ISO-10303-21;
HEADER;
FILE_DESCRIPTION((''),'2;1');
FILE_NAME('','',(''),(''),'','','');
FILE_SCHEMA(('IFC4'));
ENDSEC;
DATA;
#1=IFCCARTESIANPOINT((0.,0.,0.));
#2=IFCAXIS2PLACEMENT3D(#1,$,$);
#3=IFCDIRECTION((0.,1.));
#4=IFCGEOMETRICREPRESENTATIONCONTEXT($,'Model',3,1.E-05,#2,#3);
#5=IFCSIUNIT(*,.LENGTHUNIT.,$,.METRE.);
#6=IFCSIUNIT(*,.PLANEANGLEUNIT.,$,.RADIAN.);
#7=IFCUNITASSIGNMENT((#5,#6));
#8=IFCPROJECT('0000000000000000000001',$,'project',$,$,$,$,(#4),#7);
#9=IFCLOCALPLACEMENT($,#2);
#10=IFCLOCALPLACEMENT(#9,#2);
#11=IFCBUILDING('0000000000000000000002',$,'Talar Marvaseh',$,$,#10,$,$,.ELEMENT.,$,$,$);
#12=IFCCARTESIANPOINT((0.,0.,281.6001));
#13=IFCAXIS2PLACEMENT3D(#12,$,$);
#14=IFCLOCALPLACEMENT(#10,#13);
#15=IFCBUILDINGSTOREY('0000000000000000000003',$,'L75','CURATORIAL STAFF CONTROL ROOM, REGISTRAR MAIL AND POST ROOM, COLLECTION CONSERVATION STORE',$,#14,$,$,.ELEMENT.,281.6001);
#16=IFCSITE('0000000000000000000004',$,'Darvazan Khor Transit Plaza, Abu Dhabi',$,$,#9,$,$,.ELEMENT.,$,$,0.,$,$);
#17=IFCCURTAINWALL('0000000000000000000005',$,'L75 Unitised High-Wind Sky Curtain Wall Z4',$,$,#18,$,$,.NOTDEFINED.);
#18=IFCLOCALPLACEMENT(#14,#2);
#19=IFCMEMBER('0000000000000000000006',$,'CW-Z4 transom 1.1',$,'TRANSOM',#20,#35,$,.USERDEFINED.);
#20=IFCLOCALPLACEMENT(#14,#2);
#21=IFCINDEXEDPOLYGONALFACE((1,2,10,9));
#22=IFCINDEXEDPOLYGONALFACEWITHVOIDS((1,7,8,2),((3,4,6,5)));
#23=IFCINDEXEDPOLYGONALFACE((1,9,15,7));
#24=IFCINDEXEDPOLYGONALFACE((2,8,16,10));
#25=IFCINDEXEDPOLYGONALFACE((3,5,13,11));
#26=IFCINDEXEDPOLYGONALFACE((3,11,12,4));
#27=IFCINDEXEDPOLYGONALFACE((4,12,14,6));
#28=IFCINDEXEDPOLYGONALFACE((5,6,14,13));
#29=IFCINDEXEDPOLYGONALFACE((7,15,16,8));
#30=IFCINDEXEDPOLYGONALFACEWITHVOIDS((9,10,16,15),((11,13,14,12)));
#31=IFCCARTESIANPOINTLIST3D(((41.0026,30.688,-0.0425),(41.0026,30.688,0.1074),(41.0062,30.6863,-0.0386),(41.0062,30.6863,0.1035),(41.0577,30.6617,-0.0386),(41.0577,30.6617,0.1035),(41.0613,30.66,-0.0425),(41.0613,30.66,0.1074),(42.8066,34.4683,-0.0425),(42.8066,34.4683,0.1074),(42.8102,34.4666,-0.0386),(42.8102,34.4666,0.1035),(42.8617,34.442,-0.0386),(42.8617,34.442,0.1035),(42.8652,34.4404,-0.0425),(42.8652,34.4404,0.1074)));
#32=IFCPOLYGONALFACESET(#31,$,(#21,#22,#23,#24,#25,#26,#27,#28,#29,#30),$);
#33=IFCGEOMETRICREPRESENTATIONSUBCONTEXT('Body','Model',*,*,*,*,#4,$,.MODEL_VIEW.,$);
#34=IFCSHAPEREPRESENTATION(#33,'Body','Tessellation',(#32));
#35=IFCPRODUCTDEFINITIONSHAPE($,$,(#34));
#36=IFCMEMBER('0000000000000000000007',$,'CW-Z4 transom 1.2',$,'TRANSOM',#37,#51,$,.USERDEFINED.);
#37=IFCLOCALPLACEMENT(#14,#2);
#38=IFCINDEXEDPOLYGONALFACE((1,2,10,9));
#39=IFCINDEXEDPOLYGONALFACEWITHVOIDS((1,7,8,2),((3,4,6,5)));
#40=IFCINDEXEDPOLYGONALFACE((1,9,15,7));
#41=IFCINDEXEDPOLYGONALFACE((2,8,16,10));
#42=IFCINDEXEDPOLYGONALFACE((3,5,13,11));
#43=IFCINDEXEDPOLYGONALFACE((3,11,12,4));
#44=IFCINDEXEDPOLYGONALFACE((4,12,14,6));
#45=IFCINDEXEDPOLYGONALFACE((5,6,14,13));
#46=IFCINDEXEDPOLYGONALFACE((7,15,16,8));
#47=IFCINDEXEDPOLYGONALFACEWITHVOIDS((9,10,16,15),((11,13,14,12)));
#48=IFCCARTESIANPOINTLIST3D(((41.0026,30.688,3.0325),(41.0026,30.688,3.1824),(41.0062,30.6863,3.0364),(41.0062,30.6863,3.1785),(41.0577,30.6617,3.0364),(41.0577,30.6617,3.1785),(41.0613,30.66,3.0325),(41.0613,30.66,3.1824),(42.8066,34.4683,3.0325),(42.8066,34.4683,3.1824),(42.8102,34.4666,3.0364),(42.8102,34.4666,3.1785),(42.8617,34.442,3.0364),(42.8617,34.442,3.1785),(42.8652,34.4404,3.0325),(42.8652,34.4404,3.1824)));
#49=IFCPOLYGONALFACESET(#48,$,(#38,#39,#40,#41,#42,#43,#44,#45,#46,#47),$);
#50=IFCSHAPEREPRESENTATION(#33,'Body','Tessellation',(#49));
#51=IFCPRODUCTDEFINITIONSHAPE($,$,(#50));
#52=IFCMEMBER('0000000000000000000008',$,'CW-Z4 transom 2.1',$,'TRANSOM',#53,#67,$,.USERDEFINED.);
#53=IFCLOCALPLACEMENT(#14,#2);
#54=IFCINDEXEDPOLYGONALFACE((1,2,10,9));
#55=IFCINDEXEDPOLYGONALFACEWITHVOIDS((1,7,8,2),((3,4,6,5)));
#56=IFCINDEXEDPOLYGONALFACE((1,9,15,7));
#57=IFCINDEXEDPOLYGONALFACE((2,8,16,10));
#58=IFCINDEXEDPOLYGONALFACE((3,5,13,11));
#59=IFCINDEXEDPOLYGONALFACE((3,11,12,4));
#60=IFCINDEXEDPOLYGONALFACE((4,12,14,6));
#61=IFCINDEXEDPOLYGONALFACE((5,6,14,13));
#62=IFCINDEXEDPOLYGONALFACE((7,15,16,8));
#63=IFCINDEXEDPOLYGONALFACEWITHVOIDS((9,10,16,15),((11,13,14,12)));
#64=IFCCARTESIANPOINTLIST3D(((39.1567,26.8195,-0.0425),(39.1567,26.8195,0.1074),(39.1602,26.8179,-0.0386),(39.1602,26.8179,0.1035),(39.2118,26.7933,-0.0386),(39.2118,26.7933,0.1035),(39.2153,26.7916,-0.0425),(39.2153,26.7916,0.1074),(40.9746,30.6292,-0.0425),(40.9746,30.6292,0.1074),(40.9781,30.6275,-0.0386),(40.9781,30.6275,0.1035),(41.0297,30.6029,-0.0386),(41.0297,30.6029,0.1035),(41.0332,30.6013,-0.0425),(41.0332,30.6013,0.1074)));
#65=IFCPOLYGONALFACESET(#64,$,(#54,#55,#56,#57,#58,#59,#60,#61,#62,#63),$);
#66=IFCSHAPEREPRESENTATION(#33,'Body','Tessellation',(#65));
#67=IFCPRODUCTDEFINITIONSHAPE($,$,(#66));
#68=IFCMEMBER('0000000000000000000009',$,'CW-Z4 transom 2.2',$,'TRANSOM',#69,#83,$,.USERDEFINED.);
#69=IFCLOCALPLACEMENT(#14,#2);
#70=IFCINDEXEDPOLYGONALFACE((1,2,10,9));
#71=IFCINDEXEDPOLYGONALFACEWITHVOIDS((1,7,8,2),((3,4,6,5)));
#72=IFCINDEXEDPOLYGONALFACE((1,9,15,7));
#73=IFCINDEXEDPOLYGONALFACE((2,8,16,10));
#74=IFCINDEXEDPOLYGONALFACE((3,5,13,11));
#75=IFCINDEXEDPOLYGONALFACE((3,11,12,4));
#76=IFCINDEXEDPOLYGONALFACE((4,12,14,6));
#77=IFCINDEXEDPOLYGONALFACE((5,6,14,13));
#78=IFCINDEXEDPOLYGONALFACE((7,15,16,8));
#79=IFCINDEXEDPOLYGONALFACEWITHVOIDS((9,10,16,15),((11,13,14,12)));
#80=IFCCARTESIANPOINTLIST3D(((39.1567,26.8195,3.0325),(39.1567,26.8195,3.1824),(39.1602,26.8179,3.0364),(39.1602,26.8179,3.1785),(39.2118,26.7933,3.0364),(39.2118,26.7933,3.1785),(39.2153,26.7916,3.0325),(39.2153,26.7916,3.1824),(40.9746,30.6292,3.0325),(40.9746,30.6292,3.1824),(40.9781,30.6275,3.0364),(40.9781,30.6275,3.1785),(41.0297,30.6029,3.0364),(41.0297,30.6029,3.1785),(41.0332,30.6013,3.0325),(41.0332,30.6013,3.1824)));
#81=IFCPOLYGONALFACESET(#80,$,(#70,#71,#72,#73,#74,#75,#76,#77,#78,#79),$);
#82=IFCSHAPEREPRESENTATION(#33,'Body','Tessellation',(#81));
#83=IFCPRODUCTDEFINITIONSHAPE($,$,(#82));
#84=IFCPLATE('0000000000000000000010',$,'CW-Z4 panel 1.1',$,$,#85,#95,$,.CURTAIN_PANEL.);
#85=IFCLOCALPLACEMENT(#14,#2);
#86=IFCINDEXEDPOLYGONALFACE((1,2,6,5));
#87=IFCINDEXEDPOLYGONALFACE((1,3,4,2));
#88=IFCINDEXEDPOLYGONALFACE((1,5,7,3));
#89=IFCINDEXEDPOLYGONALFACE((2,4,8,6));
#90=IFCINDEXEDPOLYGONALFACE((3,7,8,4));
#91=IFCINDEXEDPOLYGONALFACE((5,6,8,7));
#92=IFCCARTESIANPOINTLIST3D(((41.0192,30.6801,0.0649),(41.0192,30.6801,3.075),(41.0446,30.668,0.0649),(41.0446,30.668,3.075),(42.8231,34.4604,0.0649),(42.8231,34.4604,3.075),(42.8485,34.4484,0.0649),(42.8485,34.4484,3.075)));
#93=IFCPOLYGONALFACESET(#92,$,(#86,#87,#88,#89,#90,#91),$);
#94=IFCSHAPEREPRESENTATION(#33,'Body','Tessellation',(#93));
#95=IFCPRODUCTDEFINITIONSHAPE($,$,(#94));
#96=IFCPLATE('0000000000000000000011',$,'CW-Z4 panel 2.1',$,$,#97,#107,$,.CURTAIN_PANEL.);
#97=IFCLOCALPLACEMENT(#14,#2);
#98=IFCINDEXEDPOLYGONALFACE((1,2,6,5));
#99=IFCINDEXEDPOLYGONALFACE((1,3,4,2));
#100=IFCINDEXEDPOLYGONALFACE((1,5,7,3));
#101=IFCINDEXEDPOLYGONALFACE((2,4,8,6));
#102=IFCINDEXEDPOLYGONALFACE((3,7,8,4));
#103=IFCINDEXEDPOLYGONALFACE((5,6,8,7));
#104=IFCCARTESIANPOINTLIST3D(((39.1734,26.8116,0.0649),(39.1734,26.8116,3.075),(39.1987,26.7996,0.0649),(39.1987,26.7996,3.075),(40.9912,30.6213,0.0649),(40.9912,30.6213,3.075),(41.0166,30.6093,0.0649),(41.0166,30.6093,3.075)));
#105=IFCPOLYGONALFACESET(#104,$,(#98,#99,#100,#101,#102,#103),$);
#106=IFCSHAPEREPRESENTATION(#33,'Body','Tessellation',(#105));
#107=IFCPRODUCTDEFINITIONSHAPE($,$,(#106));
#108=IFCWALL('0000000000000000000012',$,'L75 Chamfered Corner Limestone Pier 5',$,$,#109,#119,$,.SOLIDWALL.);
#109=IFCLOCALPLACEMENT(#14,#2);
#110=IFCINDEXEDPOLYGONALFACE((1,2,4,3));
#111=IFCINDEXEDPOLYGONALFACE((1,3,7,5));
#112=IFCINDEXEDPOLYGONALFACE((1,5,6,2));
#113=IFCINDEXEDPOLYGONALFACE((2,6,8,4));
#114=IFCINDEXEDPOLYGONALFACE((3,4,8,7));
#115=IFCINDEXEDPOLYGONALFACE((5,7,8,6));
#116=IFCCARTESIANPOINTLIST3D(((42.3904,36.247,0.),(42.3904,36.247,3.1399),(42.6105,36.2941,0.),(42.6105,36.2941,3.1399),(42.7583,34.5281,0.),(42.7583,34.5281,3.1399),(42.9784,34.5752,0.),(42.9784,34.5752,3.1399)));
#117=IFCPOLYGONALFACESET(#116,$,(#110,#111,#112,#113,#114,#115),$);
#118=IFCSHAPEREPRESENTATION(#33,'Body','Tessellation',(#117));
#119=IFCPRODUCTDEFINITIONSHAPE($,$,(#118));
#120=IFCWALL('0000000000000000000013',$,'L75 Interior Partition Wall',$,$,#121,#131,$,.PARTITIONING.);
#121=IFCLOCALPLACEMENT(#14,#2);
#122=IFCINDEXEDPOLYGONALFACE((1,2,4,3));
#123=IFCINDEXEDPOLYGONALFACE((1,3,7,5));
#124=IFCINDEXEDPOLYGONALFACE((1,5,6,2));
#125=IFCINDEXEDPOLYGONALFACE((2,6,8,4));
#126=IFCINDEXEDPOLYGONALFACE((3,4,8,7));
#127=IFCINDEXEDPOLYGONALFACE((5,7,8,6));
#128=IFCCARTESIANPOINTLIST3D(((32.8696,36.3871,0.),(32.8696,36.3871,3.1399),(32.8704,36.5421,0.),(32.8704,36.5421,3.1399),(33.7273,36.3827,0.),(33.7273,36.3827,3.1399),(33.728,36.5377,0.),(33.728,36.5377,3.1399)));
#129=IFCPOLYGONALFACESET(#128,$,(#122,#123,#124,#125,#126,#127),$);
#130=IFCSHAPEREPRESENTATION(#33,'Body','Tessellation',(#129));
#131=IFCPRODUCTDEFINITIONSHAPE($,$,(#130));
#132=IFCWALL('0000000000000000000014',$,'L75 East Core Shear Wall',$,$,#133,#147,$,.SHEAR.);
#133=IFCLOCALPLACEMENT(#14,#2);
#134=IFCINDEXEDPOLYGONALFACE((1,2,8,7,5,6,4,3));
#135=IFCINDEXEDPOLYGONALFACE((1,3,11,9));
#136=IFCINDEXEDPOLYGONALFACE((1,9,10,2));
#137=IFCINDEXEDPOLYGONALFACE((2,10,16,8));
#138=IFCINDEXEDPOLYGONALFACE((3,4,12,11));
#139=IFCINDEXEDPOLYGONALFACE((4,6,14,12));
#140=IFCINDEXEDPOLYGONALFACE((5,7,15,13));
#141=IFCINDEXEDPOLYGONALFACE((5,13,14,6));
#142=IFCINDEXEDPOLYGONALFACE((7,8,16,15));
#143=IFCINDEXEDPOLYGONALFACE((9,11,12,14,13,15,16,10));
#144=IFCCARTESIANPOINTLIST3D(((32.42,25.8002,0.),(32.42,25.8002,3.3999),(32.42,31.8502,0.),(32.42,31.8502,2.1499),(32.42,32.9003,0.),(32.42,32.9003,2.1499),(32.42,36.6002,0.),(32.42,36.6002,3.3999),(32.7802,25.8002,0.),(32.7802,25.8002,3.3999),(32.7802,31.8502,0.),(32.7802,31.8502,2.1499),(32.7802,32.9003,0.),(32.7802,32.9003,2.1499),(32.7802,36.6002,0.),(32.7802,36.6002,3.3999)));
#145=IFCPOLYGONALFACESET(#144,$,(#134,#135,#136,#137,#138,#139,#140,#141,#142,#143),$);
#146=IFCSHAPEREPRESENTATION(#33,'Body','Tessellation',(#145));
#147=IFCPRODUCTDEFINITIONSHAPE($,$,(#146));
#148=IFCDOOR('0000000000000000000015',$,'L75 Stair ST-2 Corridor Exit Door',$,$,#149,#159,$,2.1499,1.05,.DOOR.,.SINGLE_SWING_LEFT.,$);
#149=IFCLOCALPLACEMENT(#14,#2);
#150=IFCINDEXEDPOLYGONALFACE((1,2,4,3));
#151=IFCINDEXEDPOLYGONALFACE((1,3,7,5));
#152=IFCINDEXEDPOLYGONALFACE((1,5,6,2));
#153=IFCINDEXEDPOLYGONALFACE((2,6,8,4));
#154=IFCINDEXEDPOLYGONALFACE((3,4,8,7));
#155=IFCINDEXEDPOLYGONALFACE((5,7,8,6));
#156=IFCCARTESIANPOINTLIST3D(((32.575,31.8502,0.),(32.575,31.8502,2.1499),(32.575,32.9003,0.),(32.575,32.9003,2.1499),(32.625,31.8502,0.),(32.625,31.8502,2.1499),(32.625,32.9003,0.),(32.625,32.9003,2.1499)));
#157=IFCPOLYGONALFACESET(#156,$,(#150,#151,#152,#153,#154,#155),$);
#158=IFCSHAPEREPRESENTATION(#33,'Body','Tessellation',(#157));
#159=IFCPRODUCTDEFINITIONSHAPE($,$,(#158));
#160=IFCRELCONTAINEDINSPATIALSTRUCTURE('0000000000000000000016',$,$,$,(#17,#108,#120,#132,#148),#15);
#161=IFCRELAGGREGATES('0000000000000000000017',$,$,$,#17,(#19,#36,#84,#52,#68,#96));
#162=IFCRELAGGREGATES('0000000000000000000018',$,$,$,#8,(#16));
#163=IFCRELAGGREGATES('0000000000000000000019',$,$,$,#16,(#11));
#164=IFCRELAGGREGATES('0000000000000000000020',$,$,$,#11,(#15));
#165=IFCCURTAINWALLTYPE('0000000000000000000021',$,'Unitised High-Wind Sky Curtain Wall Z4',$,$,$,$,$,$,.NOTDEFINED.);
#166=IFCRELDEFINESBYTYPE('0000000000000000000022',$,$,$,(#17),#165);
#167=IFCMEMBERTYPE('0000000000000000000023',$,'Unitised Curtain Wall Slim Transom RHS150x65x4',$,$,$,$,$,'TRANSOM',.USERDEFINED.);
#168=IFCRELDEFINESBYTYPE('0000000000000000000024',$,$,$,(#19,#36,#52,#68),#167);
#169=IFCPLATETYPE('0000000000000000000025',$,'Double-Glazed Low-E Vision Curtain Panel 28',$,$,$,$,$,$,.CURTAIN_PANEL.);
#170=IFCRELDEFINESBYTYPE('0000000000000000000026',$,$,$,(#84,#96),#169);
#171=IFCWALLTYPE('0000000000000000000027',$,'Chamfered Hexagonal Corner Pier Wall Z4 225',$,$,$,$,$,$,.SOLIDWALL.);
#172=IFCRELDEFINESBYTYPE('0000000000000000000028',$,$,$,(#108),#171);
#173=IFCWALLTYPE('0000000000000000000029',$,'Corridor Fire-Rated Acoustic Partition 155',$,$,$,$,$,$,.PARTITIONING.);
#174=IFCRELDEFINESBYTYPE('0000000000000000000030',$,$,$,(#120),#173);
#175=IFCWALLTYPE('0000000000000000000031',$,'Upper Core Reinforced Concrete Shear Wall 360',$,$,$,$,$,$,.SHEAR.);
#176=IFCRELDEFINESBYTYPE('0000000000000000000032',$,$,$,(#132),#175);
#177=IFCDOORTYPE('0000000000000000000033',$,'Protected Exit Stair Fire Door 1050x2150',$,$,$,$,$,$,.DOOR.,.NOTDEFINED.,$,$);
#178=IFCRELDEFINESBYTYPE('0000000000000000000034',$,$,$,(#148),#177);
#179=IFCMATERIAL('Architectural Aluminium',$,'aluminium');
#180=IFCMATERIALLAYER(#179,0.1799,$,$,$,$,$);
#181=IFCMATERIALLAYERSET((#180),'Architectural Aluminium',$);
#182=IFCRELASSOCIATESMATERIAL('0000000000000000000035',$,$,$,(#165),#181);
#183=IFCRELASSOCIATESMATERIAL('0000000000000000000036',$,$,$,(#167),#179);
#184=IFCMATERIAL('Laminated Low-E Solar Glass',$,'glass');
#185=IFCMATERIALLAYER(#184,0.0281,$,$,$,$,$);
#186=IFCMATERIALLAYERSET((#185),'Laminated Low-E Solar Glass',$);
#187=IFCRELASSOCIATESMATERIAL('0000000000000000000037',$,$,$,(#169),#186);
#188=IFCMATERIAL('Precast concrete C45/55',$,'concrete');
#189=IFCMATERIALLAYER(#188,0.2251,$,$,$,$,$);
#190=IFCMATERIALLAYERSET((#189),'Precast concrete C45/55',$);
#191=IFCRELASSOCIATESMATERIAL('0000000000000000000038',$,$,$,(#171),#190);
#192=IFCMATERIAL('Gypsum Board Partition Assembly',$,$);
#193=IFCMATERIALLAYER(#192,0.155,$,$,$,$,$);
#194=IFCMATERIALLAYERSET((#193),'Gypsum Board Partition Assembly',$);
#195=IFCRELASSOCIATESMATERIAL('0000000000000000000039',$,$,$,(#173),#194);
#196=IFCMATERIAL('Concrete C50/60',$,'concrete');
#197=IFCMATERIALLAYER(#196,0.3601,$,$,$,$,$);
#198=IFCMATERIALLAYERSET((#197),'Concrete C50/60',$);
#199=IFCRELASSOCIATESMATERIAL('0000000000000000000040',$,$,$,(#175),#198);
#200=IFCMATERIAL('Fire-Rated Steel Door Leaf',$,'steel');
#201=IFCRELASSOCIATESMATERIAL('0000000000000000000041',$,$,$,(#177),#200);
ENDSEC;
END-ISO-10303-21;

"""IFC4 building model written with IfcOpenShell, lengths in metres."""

from ifc_helpers import new_model, si_unit, direction, frame, frame_2d, origin, origin_2d, place, context, subcontext, project, spatial, rectangle, hollow_rectangle, extrude, source, transform, mapped, material, layer, layer_set, material_profile, profile_set, type_object, type_shapes, element, fill, aggregate, save


model = new_model("IFC4")

# Units and contexts
model_context = context("Model", 3, precision=1e-05, world=origin(), true_north=direction((0.0, 1.0)))
body_context = subcontext(model_context, "Body", "Model", "MODEL_VIEW")
ifc_project = project(units=[si_unit("LENGTHUNIT", "METRE"), si_unit("PLANEANGLEUNIT", "RADIAN")], contexts=[model_context])

# Site, building, storey
site_placement = place(None, origin())
site = spatial("IfcSite", under=ifc_project, at=site_placement, Name="Darvazan Khor Transit Plaza, Abu Dhabi", CompositionType="ELEMENT", RefElevation=0.0)
building_placement = place(site_placement, origin())
building = spatial("IfcBuilding", under=site, at=building_placement, Name="Talar Marvaseh", CompositionType="ELEMENT")
storey_placement = place(building_placement, frame((0.0, 0.0, 281.6001)))
storey = spatial("IfcBuildingStorey", under=building, at=storey_placement, Name="L75", Description="CURATORIAL STAFF CONTROL ROOM, REGISTRAR MAIL AND POST ROOM, COLLECTION CONSERVATION STORE", CompositionType="ELEMENT", Elevation=281.6001)

# Shared definitions
ifc_material_1 = material(Name="Concrete C50/60", Category="concrete")

# Shared definitions
ifc_material_2 = material(Name="Architectural Aluminium", Category="aluminium")
ifc_layer_1 = layer(ifc_material_2, 0.1799)
ifc_layer_set_1 = layer_set([ifc_layer_1], Name="Architectural Aluminium")
curtain_wall_type = type_object("IfcCurtainWallType", Name="Unitised High-Wind Sky Curtain Wall Z4", PredefinedType="NOTDEFINED", material=ifc_layer_set_1)

# Curtain wall, members, plates
curtain_wall_1_placement = place(storey_placement, origin())
curtain_wall_1 = element("IfcCurtainWall", 1, at=curtain_wall_1_placement, inside=storey, type_object=curtain_wall_type, Name="L75 Unitised High-Wind Sky Curtain Wall Z4", PredefinedType="NOTDEFINED")
ifc_material_profile_1 = material_profile(ifc_material_2, hollow_rectangle(XDim=0.0649, YDim=0.1499, WallThickness=0.0039, at=origin_2d()), Name="RHS150x65x4")
ifc_profile_set_1 = profile_set([ifc_material_profile_1], Name="Architectural Aluminium")
member_type_1 = type_object("IfcMemberType", Name="Unitised Curtain Wall Slim Transom RHS150x65x4", ElementType="TRANSOM", PredefinedType="USERDEFINED", material=ifc_profile_set_1)
shared_shape_1 = source(origin(), body_context, "Body", "SweptSolid", [
    extrude(hollow_rectangle(XDim=0.0649, YDim=0.1499, WallThickness=0.0039, at=origin_2d()), origin(), (0.0, 0.0, 1.0), 4.1887),
])
member_1_placement = place(storey_placement, frame((42.8359, 34.4543, 0.0325), z_axis=(-0.430678, -0.902506, 0.0), x_axis=(0.902506, -0.430678, 0.0)))
member_1 = element("IfcMember", 2, at=member_1_placement, type_object=member_type_1, Name="CW-Z4 transom 1.1", ObjectType="TRANSOM", PredefinedType="USERDEFINED", context=body_context, shape_type="MappedRepresentation", body=[
    mapped(shared_shape_1, transform((0.0, 0.0, 0.0), x_axis=(1.0, 0.0, 0.0), y_axis=(0.0, 1.0, 0.0), z_axis=(0.0, 0.0, 1.0), scale=1.0)),
])
member_2_placement = place(storey_placement, frame((42.8359, 34.4543, 3.1074), z_axis=(-0.430678, -0.902506, 0.0), x_axis=(0.902506, -0.430678, 0.0)))
member_2 = element("IfcMember", 3, at=member_2_placement, type_object=member_type_1, Name="CW-Z4 transom 1.2", ObjectType="TRANSOM", PredefinedType="USERDEFINED", context=body_context, shape_type="MappedRepresentation", body=[
    mapped(shared_shape_1, transform((0.0, 0.0, 0.0), x_axis=(1.0, 0.0, 0.0), y_axis=(0.0, 1.0, 0.0), z_axis=(0.0, 0.0, 1.0), scale=1.0)),
])
shared_shape_2 = source(origin(), body_context, "Body", "SweptSolid", [
    extrude(hollow_rectangle(XDim=0.0649, YDim=0.1499, WallThickness=0.0039, at=origin_2d()), origin(), (0.0, 0.0, 1.0), 4.2212),
])
type_shapes(member_type_1, [shared_shape_1, shared_shape_2])
member_3_placement = place(storey_placement, frame((41.0039, 30.6152, 0.0325), z_axis=(-0.430665, -0.902512, 0.0), x_axis=(0.902512, -0.430665, 0.0)))
member_3 = element("IfcMember", 4, at=member_3_placement, type_object=member_type_1, Name="CW-Z4 transom 2.1", ObjectType="TRANSOM", PredefinedType="USERDEFINED", context=body_context, shape_type="MappedRepresentation", body=[
    mapped(shared_shape_2, transform((0.0, 0.0, 0.0), x_axis=(1.0, 0.0, 0.0), y_axis=(0.0, 1.0, 0.0), z_axis=(0.0, 0.0, 1.0), scale=1.0)),
])
member_4_placement = place(storey_placement, frame((41.0039, 30.6152, 3.1074), z_axis=(-0.430665, -0.902512, 0.0), x_axis=(0.902512, -0.430665, 0.0)))
member_4 = element("IfcMember", 5, at=member_4_placement, type_object=member_type_1, Name="CW-Z4 transom 2.2", ObjectType="TRANSOM", PredefinedType="USERDEFINED", context=body_context, shape_type="MappedRepresentation", body=[
    mapped(shared_shape_2, transform((0.0, 0.0, 0.0), x_axis=(1.0, 0.0, 0.0), y_axis=(0.0, 1.0, 0.0), z_axis=(0.0, 0.0, 1.0), scale=1.0)),
])
ifc_material_3 = material(Name="Laminated Low-E Solar Glass", Category="glass")
ifc_layer_2 = layer(ifc_material_3, 0.0281)
ifc_layer_set_2 = layer_set([ifc_layer_2], Name="Laminated Low-E Solar Glass")
plate_type = type_object("IfcPlateType", Name="Double-Glazed Low-E Vision Curtain Panel 28", PredefinedType="CURTAIN_PANEL", material=ifc_layer_set_2)
shared_shape_3 = source(origin(), body_context, "Body", "SweptSolid", [
    extrude(rectangle(XDim=4.1887, YDim=0.0281, at=origin_2d()), origin(), (0.0, 0.0, 1.0), 3.01),
])
plate_1_placement = place(storey_placement, frame((41.9338, 32.5642, 0.0649), z_axis=(0.0, 0.0, 1.0), x_axis=(-0.430655, -0.902517, 0.0)))
plate_1 = element("IfcPlate", 6, at=plate_1_placement, type_object=plate_type, Name="CW-Z4 panel 1.1", PredefinedType="CURTAIN_PANEL", context=body_context, shape_type="MappedRepresentation", body=[
    mapped(shared_shape_3, transform((0.0, 0.0, 0.0), x_axis=(1.0, 0.0, 0.0), y_axis=(0.0, 1.0, 0.0), z_axis=(0.0, 0.0, 1.0), scale=1.0)),
])
shared_shape_4 = source(origin(), body_context, "Body", "SweptSolid", [
    extrude(rectangle(XDim=4.2212, YDim=0.0281, at=origin_2d()), origin(), (0.0, 0.0, 1.0), 3.01),
])
type_shapes(plate_type, [shared_shape_3, shared_shape_4])
plate_2_placement = place(storey_placement, frame((40.095, 28.7104, 0.0649), z_axis=(0.0, 0.0, 1.0), x_axis=(-0.430655, -0.902517, 0.0)))
plate_2 = element("IfcPlate", 7, at=plate_2_placement, type_object=plate_type, Name="CW-Z4 panel 2.1", PredefinedType="CURTAIN_PANEL", context=body_context, shape_type="MappedRepresentation", body=[
    mapped(shared_shape_4, transform((0.0, 0.0, 0.0), x_axis=(1.0, 0.0, 0.0), y_axis=(0.0, 1.0, 0.0), z_axis=(0.0, 0.0, 1.0), scale=1.0)),
])
aggregate(curtain_wall_1, [member_1, member_2, plate_1, member_3, member_4, plate_2])

# Walls
ifc_material_4 = material(Name="Precast concrete C45/55", Category="concrete")
ifc_layer_3 = layer(ifc_material_4, 0.2251)
ifc_layer_set_3 = layer_set([ifc_layer_3], Name="Precast concrete C45/55")
wall_type_1 = type_object("IfcWallType", Name="Chamfered Hexagonal Corner Pier Wall Z4 225", PredefinedType="SOLIDWALL", material=ifc_layer_set_3)
wall_1_placement = place(storey_placement, frame((42.5005, 36.2705, 0.0), z_axis=(0.0, 0.0, 1.0), x_axis=(0.209292, -0.977853, 0.0)))
element("IfcWall", 8, at=wall_1_placement, inside=storey, type_object=wall_type_1, Name="L75 Chamfered Corner Limestone Pier 5", PredefinedType="SOLIDWALL", context=body_context, shape_type="SweptSolid", body=[
    extrude(rectangle(XDim=1.7578, YDim=0.2251, at=frame_2d((0.8789, 0.0))), origin(), (0.0, 0.0, 1.0), 3.1399),
])
ifc_material_5 = material(Name="Gypsum Board Partition Assembly")
ifc_layer_4 = layer(ifc_material_5, 0.155)
ifc_layer_set_4 = layer_set([ifc_layer_4], Name="Gypsum Board Partition Assembly")
wall_type_2 = type_object("IfcWallType", Name="Corridor Fire-Rated Acoustic Partition 155", PredefinedType="PARTITIONING", material=ifc_layer_set_4)
wall_2_placement = place(storey_placement, frame((32.8701, 36.4646, 0.0), z_axis=(0.0, 0.0, 1.0), x_axis=(0.999987, -0.005124, 0.0)))
element("IfcWall", 9, at=wall_2_placement, inside=storey, type_object=wall_type_2, Name="L75 Interior Partition Wall", PredefinedType="PARTITIONING", context=body_context, shape_type="SweptSolid", body=[
    extrude(rectangle(XDim=0.8577, YDim=0.155, at=frame_2d((0.4287, 0.0))), origin(), (0.0, 0.0, 1.0), 3.1399),
])

# Wall, opening, door
ifc_layer_5 = layer(ifc_material_1, 0.3601)
ifc_layer_set_5 = layer_set([ifc_layer_5], Name="Concrete C50/60")
wall_type_3 = type_object("IfcWallType", Name="Upper Core Reinforced Concrete Shear Wall 360", PredefinedType="SHEAR", material=ifc_layer_set_5)
wall_3_placement = place(storey_placement, frame((32.6001, 36.6001, 0.0), z_axis=(0.0, 0.0, 1.0), x_axis=(0.0, -1.0, 0.0)))
wall_3 = element("IfcWall", 10, at=wall_3_placement, inside=storey, type_object=wall_type_3, Name="L75 East Core Shear Wall", PredefinedType="SHEAR", context=body_context, shape_type="SweptSolid", body=[
    extrude(rectangle(XDim=10.8, YDim=0.3601, at=frame_2d((5.3999, 0.0))), origin(), (0.0, 0.0, 1.0), 3.3999),
])
opening_placement = place(wall_3_placement, frame((3.7, 0.0, 0.0)))
opening = element("IfcOpeningElement", 11, at=opening_placement, cuts=wall_3, PredefinedType="OPENING", context=body_context, shape_type="SweptSolid", body=[
    extrude(rectangle(XDim=1.05, YDim=2.1499, at=frame_2d((0.5249, 1.075))), frame((0.0, 0.1899, 0.0), z_axis=(0.0, -1.0, 0.0), x_axis=(1.0, 0.0, 0.0)), (0.0, 0.0, 1.0), 0.3801),
])
ifc_material_6 = material(Name="Fire-Rated Steel Door Leaf", Category="steel")
door_type = type_object("IfcDoorType", Name="Protected Exit Stair Fire Door 1050x2150", OperationType="NOTDEFINED", PredefinedType="DOOR", material=ifc_material_6)
shared_shape_5 = source(origin(), body_context, "Body", "SweptSolid", [
    extrude(rectangle(XDim=1.05, YDim=2.1499, at=frame_2d((0.5249, 1.075))), frame((0.0, 0.0249, 0.0), z_axis=(0.0, -1.0, 0.0), x_axis=(1.0, 0.0, 0.0)), (0.0, 0.0, 1.0), 0.05),
])
type_shapes(door_type, [shared_shape_5])
door_placement = place(opening_placement, origin())
door = element("IfcDoor", 12, at=door_placement, inside=storey, type_object=door_type, Name="L75 Stair ST-2 Corridor Exit Door", OperationType="SINGLE_SWING_LEFT", OverallHeight=2.1499, OverallWidth=1.05, PredefinedType="DOOR", context=body_context, shape_type="MappedRepresentation", body=[
    mapped(shared_shape_5, transform((0.0, 0.0, 0.0), x_axis=(1.0, 0.0, 0.0), y_axis=(0.0, 1.0, 0.0), z_axis=(0.0, 0.0, 1.0), scale=1.0)),
])
fill(opening, door)

save(model, "model.ifc")
